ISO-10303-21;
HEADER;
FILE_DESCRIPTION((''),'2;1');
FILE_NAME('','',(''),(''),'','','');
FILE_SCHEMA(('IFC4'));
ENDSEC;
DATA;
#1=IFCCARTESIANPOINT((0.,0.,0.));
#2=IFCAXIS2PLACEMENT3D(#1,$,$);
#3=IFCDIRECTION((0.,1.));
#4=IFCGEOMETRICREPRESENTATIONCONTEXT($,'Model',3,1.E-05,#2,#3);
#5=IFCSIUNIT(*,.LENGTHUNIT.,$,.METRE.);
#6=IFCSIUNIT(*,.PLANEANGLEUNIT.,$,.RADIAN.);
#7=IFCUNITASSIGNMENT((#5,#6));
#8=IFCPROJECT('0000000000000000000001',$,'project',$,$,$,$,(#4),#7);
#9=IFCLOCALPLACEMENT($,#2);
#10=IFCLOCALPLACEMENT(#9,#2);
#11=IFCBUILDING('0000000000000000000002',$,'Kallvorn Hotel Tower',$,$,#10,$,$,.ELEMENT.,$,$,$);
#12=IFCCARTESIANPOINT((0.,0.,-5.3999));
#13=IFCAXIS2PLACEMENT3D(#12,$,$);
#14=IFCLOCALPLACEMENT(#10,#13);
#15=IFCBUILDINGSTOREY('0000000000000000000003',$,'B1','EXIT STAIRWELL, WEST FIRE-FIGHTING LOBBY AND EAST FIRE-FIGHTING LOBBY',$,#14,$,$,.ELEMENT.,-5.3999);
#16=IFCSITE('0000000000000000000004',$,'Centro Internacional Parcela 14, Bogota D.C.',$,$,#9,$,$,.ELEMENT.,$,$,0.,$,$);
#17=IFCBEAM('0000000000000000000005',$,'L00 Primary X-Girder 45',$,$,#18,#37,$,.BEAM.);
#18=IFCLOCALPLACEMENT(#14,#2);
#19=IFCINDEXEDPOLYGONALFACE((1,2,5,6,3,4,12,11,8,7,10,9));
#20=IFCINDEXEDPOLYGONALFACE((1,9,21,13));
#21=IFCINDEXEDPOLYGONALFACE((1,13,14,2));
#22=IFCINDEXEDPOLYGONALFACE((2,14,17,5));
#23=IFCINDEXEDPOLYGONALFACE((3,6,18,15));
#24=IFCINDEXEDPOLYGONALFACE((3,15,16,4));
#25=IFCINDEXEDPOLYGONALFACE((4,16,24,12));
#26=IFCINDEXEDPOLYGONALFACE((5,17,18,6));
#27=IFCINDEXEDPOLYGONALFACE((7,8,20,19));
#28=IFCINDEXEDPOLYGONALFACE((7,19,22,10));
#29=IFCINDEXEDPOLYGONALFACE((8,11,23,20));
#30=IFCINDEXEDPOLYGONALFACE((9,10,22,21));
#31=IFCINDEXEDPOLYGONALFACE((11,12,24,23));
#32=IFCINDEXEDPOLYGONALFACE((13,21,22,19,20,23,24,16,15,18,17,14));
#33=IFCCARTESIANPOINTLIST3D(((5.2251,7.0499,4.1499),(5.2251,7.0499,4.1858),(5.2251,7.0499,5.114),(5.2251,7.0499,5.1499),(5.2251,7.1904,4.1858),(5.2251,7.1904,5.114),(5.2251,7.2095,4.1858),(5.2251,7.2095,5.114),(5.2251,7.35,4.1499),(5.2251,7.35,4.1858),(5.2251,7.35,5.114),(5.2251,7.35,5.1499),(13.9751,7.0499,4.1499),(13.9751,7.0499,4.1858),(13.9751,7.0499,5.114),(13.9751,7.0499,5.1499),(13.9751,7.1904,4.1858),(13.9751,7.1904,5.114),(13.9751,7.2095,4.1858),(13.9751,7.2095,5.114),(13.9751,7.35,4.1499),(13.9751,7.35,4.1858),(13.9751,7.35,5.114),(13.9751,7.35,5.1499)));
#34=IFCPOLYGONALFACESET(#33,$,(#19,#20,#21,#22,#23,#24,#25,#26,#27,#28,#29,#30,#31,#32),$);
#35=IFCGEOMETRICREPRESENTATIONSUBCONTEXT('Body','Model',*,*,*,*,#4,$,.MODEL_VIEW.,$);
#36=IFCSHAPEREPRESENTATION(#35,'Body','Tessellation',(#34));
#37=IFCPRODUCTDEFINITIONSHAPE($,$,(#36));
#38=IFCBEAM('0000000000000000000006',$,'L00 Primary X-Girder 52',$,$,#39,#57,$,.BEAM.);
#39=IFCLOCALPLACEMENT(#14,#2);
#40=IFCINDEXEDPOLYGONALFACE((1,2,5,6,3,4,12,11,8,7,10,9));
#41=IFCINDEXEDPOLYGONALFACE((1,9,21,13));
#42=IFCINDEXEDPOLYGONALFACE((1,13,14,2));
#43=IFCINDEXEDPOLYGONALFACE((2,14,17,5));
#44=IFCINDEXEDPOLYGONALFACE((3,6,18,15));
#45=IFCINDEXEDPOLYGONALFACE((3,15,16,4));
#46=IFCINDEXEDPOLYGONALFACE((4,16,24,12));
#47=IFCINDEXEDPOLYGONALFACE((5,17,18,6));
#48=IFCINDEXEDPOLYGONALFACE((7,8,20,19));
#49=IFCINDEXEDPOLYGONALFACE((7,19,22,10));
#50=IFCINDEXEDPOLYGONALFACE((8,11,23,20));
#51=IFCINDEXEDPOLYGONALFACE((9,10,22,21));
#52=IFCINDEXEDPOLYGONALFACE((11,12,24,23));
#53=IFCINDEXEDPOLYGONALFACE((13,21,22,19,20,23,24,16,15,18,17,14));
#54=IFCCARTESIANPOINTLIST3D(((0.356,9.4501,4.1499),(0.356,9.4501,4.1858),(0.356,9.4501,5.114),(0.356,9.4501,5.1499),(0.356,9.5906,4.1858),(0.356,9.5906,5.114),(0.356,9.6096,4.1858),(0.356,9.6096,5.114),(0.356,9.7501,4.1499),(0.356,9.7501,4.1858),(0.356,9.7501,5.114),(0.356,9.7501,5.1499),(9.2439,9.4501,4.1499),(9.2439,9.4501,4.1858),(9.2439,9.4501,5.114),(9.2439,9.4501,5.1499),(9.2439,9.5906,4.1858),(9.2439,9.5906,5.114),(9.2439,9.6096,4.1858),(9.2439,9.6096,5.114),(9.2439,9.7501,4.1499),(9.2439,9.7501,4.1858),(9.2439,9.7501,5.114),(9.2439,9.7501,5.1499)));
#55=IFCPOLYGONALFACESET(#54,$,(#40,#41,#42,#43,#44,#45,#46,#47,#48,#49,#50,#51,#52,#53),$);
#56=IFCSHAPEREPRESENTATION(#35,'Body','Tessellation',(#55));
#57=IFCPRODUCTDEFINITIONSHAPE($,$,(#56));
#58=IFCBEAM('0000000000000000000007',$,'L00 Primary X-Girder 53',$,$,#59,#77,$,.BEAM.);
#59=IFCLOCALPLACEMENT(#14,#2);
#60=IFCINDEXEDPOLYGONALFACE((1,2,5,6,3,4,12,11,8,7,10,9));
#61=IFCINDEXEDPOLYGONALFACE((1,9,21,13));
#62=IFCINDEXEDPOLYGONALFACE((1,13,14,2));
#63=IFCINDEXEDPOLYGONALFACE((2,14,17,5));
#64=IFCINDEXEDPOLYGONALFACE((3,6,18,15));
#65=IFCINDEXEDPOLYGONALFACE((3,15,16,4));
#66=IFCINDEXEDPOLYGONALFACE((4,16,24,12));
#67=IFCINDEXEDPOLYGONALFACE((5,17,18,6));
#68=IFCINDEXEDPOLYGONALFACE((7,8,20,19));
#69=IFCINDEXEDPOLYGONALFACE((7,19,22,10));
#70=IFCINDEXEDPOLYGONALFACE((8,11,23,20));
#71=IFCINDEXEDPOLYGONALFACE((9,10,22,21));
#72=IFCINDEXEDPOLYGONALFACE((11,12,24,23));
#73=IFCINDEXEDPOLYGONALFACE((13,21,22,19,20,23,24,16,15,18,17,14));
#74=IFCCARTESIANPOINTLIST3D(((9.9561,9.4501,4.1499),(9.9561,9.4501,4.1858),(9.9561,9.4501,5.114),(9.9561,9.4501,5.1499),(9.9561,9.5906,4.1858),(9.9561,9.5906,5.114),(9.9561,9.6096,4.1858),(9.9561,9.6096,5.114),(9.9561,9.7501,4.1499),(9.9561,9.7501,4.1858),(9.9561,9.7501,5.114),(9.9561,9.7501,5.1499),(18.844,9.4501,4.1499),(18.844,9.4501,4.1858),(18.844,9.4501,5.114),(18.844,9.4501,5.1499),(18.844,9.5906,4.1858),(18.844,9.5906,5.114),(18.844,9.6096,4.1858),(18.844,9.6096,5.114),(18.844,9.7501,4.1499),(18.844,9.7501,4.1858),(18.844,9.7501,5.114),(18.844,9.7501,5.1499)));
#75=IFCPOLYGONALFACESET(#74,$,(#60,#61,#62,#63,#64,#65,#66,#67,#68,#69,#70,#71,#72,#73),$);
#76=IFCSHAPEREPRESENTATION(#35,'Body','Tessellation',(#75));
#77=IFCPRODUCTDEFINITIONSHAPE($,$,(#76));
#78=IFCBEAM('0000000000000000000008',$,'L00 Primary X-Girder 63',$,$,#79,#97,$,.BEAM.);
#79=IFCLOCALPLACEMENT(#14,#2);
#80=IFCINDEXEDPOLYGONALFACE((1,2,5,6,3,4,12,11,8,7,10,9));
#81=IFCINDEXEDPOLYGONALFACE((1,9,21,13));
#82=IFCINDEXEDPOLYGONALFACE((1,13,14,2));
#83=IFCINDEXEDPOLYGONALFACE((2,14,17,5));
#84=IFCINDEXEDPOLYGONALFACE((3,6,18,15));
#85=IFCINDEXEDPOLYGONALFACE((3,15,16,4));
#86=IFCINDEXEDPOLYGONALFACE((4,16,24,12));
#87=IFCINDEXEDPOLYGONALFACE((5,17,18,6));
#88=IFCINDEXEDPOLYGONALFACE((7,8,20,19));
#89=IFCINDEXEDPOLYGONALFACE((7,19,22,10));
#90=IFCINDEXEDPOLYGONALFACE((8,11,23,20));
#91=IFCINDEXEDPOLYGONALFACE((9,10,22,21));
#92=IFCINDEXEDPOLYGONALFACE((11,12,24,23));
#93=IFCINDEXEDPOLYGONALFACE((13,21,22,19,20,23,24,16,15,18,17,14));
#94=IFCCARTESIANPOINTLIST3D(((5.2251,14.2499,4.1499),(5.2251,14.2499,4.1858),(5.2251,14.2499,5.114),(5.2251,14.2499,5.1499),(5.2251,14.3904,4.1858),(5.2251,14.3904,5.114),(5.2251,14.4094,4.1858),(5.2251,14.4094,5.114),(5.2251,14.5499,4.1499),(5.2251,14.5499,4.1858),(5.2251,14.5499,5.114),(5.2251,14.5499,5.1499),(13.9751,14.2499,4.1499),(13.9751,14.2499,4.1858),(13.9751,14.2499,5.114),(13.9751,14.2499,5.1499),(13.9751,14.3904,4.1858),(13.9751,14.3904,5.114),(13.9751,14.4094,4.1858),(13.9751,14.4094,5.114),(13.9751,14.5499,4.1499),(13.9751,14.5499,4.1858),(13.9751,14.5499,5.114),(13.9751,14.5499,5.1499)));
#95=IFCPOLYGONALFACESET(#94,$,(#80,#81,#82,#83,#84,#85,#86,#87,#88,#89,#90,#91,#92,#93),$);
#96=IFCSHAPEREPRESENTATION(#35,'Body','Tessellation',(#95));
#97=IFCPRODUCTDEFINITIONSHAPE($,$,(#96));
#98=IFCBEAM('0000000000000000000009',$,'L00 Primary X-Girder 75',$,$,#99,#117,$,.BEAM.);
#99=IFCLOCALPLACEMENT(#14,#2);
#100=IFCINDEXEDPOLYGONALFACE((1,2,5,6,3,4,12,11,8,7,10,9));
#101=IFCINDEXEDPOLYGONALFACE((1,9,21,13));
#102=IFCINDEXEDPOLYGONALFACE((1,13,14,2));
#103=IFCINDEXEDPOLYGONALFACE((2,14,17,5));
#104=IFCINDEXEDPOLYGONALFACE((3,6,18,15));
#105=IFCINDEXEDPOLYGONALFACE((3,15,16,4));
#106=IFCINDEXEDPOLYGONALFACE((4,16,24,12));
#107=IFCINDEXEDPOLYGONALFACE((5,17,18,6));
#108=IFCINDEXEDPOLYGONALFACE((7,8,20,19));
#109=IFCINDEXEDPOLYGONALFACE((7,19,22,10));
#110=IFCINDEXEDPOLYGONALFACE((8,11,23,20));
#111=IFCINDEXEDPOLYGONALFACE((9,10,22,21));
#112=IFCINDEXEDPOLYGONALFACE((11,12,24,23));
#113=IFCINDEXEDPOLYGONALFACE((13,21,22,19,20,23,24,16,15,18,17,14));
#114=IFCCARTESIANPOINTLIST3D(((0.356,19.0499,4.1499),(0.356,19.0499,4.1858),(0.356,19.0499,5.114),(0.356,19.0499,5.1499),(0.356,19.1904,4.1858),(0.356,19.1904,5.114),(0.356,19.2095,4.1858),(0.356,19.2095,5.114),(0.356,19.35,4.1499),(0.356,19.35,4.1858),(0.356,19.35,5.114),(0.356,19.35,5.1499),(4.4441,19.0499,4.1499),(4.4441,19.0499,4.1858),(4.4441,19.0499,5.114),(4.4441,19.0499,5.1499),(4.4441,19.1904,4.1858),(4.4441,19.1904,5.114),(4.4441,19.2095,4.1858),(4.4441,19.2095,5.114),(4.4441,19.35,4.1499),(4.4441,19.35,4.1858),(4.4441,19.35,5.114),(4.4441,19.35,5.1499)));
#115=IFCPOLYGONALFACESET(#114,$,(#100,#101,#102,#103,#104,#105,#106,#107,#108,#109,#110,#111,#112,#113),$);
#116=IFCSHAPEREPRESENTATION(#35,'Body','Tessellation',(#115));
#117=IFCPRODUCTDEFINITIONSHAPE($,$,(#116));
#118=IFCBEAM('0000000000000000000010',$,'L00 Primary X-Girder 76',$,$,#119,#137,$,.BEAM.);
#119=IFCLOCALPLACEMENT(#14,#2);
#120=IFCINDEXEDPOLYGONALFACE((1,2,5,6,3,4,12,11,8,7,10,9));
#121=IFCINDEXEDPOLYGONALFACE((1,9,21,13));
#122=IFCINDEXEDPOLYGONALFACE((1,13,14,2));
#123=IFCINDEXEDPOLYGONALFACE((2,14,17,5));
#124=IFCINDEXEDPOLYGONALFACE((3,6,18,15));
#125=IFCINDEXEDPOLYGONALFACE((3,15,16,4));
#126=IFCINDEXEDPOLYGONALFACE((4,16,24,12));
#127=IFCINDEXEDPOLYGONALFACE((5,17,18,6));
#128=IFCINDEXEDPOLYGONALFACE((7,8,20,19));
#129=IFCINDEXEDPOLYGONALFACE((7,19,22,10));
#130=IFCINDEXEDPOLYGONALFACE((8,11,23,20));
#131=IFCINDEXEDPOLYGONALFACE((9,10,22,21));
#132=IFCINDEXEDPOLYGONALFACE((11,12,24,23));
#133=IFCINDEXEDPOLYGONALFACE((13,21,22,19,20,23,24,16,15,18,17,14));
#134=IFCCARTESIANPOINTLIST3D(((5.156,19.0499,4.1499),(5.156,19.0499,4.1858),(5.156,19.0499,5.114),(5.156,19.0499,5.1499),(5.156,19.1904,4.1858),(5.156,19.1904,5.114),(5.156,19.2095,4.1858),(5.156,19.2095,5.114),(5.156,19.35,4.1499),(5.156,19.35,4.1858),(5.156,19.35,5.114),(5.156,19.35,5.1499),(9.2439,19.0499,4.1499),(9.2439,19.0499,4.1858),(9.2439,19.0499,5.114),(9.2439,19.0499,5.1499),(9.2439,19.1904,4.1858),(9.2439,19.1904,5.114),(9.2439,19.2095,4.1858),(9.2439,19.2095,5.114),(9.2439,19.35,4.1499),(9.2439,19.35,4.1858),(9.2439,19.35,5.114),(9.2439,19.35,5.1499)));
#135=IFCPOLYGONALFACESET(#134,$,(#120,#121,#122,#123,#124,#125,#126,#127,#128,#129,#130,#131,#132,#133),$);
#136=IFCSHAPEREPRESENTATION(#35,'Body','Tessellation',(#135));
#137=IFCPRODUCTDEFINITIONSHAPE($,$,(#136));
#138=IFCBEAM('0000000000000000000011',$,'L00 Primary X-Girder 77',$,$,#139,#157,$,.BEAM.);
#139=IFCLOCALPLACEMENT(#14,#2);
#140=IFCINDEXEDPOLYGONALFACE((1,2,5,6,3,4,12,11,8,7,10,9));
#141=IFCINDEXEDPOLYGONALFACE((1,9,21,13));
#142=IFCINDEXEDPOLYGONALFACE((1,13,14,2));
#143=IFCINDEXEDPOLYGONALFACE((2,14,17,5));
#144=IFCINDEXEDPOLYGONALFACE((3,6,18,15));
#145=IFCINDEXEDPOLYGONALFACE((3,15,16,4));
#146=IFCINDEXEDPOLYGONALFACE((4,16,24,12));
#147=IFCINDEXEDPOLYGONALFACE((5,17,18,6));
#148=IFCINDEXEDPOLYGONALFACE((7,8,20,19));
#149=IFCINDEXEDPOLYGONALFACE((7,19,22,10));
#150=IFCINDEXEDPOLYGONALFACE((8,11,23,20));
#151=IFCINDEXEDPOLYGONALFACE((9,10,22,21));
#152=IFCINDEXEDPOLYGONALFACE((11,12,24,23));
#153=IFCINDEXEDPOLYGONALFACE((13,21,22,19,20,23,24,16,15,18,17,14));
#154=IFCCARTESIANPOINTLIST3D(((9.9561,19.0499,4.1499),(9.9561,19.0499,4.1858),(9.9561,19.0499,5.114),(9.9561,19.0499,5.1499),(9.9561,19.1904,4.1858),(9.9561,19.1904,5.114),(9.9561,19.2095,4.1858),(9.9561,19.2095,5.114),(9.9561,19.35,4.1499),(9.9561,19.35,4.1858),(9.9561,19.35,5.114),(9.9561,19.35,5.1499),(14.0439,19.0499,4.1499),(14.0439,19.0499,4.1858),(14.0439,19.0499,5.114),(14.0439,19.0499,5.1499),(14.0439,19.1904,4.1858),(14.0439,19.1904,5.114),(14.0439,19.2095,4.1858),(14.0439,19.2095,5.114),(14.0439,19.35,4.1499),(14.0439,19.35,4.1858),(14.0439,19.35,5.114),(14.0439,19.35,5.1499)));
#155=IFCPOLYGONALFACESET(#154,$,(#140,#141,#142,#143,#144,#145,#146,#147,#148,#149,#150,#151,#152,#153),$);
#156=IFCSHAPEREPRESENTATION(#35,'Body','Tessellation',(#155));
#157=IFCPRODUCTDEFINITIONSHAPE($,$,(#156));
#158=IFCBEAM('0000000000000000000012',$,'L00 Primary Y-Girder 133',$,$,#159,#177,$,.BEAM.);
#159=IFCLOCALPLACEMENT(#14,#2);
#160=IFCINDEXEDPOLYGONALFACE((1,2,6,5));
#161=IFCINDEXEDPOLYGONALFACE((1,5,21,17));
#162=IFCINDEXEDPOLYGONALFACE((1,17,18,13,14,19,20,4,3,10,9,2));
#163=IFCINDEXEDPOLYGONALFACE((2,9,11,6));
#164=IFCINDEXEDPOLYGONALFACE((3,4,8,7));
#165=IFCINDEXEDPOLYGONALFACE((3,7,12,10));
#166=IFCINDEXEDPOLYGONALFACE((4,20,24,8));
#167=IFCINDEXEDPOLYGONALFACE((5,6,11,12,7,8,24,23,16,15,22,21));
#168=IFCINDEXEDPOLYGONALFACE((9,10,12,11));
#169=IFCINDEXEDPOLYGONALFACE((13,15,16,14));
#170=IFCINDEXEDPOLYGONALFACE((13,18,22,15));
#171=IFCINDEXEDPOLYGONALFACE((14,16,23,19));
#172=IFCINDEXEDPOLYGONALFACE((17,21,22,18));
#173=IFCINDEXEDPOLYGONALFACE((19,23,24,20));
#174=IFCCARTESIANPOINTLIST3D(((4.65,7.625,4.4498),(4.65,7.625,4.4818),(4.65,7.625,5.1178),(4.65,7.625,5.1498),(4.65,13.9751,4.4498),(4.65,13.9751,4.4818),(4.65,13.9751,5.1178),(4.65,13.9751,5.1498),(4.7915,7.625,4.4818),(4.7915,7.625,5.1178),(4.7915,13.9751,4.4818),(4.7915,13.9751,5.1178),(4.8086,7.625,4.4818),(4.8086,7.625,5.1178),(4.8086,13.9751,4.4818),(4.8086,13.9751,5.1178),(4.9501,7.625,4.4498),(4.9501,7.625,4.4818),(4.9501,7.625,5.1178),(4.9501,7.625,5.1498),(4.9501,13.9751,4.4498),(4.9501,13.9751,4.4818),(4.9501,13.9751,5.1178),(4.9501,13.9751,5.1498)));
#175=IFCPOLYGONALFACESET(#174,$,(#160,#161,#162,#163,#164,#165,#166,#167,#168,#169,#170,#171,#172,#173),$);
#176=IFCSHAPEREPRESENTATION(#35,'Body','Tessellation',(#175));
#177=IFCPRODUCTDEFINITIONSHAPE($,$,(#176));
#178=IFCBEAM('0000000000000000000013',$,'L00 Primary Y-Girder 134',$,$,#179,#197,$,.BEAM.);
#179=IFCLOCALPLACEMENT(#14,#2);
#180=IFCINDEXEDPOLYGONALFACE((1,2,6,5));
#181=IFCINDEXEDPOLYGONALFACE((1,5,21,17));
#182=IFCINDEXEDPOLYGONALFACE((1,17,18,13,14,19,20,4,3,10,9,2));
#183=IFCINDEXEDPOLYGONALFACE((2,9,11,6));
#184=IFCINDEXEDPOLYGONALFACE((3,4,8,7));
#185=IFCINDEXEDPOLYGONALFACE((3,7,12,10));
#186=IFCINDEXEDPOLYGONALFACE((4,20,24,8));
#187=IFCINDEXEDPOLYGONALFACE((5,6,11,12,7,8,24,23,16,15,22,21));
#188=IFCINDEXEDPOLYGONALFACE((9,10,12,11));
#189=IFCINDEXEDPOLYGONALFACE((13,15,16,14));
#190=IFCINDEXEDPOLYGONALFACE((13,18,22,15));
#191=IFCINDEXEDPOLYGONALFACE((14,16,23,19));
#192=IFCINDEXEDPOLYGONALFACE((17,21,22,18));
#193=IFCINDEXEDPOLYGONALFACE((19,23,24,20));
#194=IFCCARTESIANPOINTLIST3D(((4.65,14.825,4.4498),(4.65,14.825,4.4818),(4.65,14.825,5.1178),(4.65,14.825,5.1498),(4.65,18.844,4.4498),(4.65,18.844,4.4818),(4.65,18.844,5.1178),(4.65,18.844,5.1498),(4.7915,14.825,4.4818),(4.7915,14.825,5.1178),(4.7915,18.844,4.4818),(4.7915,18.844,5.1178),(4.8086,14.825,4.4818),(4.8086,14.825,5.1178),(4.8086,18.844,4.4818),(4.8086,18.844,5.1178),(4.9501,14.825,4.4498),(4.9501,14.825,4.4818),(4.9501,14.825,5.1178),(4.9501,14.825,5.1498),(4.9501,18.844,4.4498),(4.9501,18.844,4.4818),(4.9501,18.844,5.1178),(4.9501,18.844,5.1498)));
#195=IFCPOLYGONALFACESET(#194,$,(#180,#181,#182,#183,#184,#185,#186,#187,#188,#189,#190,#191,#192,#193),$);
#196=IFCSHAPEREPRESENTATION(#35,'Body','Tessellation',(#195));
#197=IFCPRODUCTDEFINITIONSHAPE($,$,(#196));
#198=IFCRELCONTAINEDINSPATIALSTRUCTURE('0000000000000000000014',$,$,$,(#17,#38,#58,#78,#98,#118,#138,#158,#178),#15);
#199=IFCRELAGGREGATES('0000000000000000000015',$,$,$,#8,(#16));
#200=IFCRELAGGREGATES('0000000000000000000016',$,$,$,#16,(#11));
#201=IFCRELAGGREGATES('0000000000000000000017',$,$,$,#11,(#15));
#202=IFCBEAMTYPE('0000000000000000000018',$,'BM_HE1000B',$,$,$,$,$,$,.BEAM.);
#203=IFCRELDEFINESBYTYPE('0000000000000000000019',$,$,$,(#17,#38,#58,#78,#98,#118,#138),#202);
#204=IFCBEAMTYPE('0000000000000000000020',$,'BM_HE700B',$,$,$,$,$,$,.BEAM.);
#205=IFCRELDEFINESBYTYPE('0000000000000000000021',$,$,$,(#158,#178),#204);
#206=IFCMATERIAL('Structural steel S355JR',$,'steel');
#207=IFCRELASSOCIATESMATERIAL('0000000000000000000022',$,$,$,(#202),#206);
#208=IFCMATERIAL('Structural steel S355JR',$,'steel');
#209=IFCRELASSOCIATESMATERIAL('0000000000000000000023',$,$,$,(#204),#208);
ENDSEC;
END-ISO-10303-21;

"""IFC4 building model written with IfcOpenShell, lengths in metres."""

from ifc_helpers import new_model, si_unit, direction, frame, origin, origin_2d, place, context, subcontext, project, spatial, i_section, extrude, material, material_profile, profile_set, type_object, element, save


model = new_model("IFC4")

# Units and contexts
model_context = context("Model", 3, precision=1e-05, world=origin(), true_north=direction((0.0, 1.0)))
body_context = subcontext(model_context, "Body", "Model", "MODEL_VIEW")
ifc_project = project(units=[si_unit("LENGTHUNIT", "METRE"), si_unit("PLANEANGLEUNIT", "RADIAN")], contexts=[model_context])

# Site, building, storey
site_placement = place(None, origin())
site = spatial("IfcSite", under=ifc_project, at=site_placement, Name="Centro Internacional Parcela 14, Bogota D.C.", CompositionType="ELEMENT", RefElevation=0.0)
building_placement = place(site_placement, origin())
building = spatial("IfcBuilding", under=site, at=building_placement, Name="Kallvorn Hotel Tower", CompositionType="ELEMENT")
storey_placement = place(building_placement, frame((0.0, 0.0, -5.3999)))
storey = spatial("IfcBuildingStorey", under=building, at=storey_placement, Name="B1", Description="EXIT STAIRWELL, WEST FIRE-FIGHTING LOBBY AND EAST FIRE-FIGHTING LOBBY", CompositionType="ELEMENT", Elevation=-5.3999)

# Beams
ifc_material_1 = material(Name="Structural steel S355JR", Category="steel")
ifc_material_profile_1 = material_profile(ifc_material_1, i_section(OverallWidth=0.3, OverallDepth=1.0, WebThickness=0.019, FlangeThickness=0.0359, at=origin_2d()), Name="HE 1000 B")
ifc_profile_set_1 = profile_set([ifc_material_profile_1], Name="Structural steel S355JR")
beam_type_1 = type_object("IfcBeamType", Name="BM_HE1000B", PredefinedType="BEAM", material=ifc_profile_set_1)
beam_1_placement = place(storey_placement, frame((5.2251, 7.2, 4.6499), z_axis=(1.0, 0.0, 0.0), x_axis=(0.0, 1.0, 0.0)))
element("IfcBeam", 1, at=beam_1_placement, inside=storey, type_object=beam_type_1, Name="L00 Primary X-Girder 45", PredefinedType="BEAM", context=body_context, shape_type="SweptSolid", body=[
    extrude(i_section(OverallWidth=0.3, OverallDepth=1.0, WebThickness=0.019, FlangeThickness=0.0359, at=origin_2d()), origin(), (0.0, 0.0, 1.0), 8.75),
])
for number, where, z_axis, x_axis, name in (
    (2, (0.356, 9.6001, 4.6499), (1.0, 0.0, 0.0), (0.0, 1.0, 0.0), "L00 Primary X-Girder 52"),
    (3, (9.9561, 9.6001, 4.6499), (1.0, 0.0, 0.0), (0.0, 1.0, 0.0), "L00 Primary X-Girder 53"),
):
    element("IfcBeam", number, at=place(storey_placement, frame(where, z_axis=z_axis, x_axis=x_axis)), inside=storey, type_object=beam_type_1, Name=name, PredefinedType="BEAM", context=body_context, shape_type="SweptSolid", body=[
        extrude(i_section(OverallWidth=0.3, OverallDepth=1.0, WebThickness=0.019, FlangeThickness=0.0359, at=origin_2d()), origin(), (0.0, 0.0, 1.0), 8.8879),
    ])
beam_2_placement = place(storey_placement, frame((5.2251, 14.3999, 4.6499), z_axis=(1.0, 0.0, 0.0), x_axis=(0.0, 1.0, 0.0)))
element("IfcBeam", 4, at=beam_2_placement, inside=storey, type_object=beam_type_1, Name="L00 Primary X-Girder 63", PredefinedType="BEAM", context=body_context, shape_type="SweptSolid", body=[
    extrude(i_section(OverallWidth=0.3, OverallDepth=1.0, WebThickness=0.019, FlangeThickness=0.0359, at=origin_2d()), origin(), (0.0, 0.0, 1.0), 8.75),
])
beam_3_placement = place(storey_placement, frame((0.356, 19.2, 4.6499), z_axis=(1.0, 0.0, 0.0), x_axis=(0.0, 1.0, 0.0)))
element("IfcBeam", 5, at=beam_3_placement, inside=storey, type_object=beam_type_1, Name="L00 Primary X-Girder 75", PredefinedType="BEAM", context=body_context, shape_type="SweptSolid", body=[
    extrude(i_section(OverallWidth=0.3, OverallDepth=1.0, WebThickness=0.019, FlangeThickness=0.0359, at=origin_2d()), origin(), (0.0, 0.0, 1.0), 4.0881),
])
for number, where, z_axis, x_axis, name in (
    (6, (5.156, 19.2, 4.6499), (1.0, 0.0, 0.0), (0.0, 1.0, 0.0), "L00 Primary X-Girder 76"),
    (7, (9.9561, 19.2, 4.6499), (1.0, 0.0, 0.0), (0.0, 1.0, 0.0), "L00 Primary X-Girder 77"),
):
    element("IfcBeam", number, at=place(storey_placement, frame(where, z_axis=z_axis, x_axis=x_axis)), inside=storey, type_object=beam_type_1, Name=name, PredefinedType="BEAM", context=body_context, shape_type="SweptSolid", body=[
        extrude(i_section(OverallWidth=0.3, OverallDepth=1.0, WebThickness=0.019, FlangeThickness=0.0359, at=origin_2d()), origin(), (0.0, 0.0, 1.0), 4.0879),
    ])
ifc_material_2 = material(Name="Structural steel S355JR", Category="steel")
ifc_material_profile_2 = material_profile(ifc_material_2, i_section(OverallWidth=0.3, OverallDepth=0.7, WebThickness=0.0171, FlangeThickness=0.032, at=origin_2d()), Name="HE 700 B")
ifc_profile_set_2 = profile_set([ifc_material_profile_2], Name="Structural steel S355JR")
beam_type_2 = type_object("IfcBeamType", Name="BM_HE700B", PredefinedType="BEAM", material=ifc_profile_set_2)
beam_4_placement = place(storey_placement, frame((4.8, 7.625, 4.7998), z_axis=(0.0, 1.0, 0.0), x_axis=(-1.0, 0.0, 0.0)))
element("IfcBeam", 8, at=beam_4_placement, inside=storey, type_object=beam_type_2, Name="L00 Primary Y-Girder 133", PredefinedType="BEAM", context=body_context, shape_type="SweptSolid", body=[
    extrude(i_section(OverallWidth=0.3, OverallDepth=0.7, WebThickness=0.0171, FlangeThickness=0.032, at=origin_2d()), origin(), (0.0, 0.0, 1.0), 6.3501),
])
beam_5_placement = place(storey_placement, frame((4.8, 14.825, 4.7998), z_axis=(0.0, 1.0, 0.0), x_axis=(-1.0, 0.0, 0.0)))
element("IfcBeam", 9, at=beam_5_placement, inside=storey, type_object=beam_type_2, Name="L00 Primary Y-Girder 134", PredefinedType="BEAM", context=body_context, shape_type="SweptSolid", body=[
    extrude(i_section(OverallWidth=0.3, OverallDepth=0.7, WebThickness=0.0171, FlangeThickness=0.032, at=origin_2d()), origin(), (0.0, 0.0, 1.0), 4.019),
])

save(model, "model.ifc")
